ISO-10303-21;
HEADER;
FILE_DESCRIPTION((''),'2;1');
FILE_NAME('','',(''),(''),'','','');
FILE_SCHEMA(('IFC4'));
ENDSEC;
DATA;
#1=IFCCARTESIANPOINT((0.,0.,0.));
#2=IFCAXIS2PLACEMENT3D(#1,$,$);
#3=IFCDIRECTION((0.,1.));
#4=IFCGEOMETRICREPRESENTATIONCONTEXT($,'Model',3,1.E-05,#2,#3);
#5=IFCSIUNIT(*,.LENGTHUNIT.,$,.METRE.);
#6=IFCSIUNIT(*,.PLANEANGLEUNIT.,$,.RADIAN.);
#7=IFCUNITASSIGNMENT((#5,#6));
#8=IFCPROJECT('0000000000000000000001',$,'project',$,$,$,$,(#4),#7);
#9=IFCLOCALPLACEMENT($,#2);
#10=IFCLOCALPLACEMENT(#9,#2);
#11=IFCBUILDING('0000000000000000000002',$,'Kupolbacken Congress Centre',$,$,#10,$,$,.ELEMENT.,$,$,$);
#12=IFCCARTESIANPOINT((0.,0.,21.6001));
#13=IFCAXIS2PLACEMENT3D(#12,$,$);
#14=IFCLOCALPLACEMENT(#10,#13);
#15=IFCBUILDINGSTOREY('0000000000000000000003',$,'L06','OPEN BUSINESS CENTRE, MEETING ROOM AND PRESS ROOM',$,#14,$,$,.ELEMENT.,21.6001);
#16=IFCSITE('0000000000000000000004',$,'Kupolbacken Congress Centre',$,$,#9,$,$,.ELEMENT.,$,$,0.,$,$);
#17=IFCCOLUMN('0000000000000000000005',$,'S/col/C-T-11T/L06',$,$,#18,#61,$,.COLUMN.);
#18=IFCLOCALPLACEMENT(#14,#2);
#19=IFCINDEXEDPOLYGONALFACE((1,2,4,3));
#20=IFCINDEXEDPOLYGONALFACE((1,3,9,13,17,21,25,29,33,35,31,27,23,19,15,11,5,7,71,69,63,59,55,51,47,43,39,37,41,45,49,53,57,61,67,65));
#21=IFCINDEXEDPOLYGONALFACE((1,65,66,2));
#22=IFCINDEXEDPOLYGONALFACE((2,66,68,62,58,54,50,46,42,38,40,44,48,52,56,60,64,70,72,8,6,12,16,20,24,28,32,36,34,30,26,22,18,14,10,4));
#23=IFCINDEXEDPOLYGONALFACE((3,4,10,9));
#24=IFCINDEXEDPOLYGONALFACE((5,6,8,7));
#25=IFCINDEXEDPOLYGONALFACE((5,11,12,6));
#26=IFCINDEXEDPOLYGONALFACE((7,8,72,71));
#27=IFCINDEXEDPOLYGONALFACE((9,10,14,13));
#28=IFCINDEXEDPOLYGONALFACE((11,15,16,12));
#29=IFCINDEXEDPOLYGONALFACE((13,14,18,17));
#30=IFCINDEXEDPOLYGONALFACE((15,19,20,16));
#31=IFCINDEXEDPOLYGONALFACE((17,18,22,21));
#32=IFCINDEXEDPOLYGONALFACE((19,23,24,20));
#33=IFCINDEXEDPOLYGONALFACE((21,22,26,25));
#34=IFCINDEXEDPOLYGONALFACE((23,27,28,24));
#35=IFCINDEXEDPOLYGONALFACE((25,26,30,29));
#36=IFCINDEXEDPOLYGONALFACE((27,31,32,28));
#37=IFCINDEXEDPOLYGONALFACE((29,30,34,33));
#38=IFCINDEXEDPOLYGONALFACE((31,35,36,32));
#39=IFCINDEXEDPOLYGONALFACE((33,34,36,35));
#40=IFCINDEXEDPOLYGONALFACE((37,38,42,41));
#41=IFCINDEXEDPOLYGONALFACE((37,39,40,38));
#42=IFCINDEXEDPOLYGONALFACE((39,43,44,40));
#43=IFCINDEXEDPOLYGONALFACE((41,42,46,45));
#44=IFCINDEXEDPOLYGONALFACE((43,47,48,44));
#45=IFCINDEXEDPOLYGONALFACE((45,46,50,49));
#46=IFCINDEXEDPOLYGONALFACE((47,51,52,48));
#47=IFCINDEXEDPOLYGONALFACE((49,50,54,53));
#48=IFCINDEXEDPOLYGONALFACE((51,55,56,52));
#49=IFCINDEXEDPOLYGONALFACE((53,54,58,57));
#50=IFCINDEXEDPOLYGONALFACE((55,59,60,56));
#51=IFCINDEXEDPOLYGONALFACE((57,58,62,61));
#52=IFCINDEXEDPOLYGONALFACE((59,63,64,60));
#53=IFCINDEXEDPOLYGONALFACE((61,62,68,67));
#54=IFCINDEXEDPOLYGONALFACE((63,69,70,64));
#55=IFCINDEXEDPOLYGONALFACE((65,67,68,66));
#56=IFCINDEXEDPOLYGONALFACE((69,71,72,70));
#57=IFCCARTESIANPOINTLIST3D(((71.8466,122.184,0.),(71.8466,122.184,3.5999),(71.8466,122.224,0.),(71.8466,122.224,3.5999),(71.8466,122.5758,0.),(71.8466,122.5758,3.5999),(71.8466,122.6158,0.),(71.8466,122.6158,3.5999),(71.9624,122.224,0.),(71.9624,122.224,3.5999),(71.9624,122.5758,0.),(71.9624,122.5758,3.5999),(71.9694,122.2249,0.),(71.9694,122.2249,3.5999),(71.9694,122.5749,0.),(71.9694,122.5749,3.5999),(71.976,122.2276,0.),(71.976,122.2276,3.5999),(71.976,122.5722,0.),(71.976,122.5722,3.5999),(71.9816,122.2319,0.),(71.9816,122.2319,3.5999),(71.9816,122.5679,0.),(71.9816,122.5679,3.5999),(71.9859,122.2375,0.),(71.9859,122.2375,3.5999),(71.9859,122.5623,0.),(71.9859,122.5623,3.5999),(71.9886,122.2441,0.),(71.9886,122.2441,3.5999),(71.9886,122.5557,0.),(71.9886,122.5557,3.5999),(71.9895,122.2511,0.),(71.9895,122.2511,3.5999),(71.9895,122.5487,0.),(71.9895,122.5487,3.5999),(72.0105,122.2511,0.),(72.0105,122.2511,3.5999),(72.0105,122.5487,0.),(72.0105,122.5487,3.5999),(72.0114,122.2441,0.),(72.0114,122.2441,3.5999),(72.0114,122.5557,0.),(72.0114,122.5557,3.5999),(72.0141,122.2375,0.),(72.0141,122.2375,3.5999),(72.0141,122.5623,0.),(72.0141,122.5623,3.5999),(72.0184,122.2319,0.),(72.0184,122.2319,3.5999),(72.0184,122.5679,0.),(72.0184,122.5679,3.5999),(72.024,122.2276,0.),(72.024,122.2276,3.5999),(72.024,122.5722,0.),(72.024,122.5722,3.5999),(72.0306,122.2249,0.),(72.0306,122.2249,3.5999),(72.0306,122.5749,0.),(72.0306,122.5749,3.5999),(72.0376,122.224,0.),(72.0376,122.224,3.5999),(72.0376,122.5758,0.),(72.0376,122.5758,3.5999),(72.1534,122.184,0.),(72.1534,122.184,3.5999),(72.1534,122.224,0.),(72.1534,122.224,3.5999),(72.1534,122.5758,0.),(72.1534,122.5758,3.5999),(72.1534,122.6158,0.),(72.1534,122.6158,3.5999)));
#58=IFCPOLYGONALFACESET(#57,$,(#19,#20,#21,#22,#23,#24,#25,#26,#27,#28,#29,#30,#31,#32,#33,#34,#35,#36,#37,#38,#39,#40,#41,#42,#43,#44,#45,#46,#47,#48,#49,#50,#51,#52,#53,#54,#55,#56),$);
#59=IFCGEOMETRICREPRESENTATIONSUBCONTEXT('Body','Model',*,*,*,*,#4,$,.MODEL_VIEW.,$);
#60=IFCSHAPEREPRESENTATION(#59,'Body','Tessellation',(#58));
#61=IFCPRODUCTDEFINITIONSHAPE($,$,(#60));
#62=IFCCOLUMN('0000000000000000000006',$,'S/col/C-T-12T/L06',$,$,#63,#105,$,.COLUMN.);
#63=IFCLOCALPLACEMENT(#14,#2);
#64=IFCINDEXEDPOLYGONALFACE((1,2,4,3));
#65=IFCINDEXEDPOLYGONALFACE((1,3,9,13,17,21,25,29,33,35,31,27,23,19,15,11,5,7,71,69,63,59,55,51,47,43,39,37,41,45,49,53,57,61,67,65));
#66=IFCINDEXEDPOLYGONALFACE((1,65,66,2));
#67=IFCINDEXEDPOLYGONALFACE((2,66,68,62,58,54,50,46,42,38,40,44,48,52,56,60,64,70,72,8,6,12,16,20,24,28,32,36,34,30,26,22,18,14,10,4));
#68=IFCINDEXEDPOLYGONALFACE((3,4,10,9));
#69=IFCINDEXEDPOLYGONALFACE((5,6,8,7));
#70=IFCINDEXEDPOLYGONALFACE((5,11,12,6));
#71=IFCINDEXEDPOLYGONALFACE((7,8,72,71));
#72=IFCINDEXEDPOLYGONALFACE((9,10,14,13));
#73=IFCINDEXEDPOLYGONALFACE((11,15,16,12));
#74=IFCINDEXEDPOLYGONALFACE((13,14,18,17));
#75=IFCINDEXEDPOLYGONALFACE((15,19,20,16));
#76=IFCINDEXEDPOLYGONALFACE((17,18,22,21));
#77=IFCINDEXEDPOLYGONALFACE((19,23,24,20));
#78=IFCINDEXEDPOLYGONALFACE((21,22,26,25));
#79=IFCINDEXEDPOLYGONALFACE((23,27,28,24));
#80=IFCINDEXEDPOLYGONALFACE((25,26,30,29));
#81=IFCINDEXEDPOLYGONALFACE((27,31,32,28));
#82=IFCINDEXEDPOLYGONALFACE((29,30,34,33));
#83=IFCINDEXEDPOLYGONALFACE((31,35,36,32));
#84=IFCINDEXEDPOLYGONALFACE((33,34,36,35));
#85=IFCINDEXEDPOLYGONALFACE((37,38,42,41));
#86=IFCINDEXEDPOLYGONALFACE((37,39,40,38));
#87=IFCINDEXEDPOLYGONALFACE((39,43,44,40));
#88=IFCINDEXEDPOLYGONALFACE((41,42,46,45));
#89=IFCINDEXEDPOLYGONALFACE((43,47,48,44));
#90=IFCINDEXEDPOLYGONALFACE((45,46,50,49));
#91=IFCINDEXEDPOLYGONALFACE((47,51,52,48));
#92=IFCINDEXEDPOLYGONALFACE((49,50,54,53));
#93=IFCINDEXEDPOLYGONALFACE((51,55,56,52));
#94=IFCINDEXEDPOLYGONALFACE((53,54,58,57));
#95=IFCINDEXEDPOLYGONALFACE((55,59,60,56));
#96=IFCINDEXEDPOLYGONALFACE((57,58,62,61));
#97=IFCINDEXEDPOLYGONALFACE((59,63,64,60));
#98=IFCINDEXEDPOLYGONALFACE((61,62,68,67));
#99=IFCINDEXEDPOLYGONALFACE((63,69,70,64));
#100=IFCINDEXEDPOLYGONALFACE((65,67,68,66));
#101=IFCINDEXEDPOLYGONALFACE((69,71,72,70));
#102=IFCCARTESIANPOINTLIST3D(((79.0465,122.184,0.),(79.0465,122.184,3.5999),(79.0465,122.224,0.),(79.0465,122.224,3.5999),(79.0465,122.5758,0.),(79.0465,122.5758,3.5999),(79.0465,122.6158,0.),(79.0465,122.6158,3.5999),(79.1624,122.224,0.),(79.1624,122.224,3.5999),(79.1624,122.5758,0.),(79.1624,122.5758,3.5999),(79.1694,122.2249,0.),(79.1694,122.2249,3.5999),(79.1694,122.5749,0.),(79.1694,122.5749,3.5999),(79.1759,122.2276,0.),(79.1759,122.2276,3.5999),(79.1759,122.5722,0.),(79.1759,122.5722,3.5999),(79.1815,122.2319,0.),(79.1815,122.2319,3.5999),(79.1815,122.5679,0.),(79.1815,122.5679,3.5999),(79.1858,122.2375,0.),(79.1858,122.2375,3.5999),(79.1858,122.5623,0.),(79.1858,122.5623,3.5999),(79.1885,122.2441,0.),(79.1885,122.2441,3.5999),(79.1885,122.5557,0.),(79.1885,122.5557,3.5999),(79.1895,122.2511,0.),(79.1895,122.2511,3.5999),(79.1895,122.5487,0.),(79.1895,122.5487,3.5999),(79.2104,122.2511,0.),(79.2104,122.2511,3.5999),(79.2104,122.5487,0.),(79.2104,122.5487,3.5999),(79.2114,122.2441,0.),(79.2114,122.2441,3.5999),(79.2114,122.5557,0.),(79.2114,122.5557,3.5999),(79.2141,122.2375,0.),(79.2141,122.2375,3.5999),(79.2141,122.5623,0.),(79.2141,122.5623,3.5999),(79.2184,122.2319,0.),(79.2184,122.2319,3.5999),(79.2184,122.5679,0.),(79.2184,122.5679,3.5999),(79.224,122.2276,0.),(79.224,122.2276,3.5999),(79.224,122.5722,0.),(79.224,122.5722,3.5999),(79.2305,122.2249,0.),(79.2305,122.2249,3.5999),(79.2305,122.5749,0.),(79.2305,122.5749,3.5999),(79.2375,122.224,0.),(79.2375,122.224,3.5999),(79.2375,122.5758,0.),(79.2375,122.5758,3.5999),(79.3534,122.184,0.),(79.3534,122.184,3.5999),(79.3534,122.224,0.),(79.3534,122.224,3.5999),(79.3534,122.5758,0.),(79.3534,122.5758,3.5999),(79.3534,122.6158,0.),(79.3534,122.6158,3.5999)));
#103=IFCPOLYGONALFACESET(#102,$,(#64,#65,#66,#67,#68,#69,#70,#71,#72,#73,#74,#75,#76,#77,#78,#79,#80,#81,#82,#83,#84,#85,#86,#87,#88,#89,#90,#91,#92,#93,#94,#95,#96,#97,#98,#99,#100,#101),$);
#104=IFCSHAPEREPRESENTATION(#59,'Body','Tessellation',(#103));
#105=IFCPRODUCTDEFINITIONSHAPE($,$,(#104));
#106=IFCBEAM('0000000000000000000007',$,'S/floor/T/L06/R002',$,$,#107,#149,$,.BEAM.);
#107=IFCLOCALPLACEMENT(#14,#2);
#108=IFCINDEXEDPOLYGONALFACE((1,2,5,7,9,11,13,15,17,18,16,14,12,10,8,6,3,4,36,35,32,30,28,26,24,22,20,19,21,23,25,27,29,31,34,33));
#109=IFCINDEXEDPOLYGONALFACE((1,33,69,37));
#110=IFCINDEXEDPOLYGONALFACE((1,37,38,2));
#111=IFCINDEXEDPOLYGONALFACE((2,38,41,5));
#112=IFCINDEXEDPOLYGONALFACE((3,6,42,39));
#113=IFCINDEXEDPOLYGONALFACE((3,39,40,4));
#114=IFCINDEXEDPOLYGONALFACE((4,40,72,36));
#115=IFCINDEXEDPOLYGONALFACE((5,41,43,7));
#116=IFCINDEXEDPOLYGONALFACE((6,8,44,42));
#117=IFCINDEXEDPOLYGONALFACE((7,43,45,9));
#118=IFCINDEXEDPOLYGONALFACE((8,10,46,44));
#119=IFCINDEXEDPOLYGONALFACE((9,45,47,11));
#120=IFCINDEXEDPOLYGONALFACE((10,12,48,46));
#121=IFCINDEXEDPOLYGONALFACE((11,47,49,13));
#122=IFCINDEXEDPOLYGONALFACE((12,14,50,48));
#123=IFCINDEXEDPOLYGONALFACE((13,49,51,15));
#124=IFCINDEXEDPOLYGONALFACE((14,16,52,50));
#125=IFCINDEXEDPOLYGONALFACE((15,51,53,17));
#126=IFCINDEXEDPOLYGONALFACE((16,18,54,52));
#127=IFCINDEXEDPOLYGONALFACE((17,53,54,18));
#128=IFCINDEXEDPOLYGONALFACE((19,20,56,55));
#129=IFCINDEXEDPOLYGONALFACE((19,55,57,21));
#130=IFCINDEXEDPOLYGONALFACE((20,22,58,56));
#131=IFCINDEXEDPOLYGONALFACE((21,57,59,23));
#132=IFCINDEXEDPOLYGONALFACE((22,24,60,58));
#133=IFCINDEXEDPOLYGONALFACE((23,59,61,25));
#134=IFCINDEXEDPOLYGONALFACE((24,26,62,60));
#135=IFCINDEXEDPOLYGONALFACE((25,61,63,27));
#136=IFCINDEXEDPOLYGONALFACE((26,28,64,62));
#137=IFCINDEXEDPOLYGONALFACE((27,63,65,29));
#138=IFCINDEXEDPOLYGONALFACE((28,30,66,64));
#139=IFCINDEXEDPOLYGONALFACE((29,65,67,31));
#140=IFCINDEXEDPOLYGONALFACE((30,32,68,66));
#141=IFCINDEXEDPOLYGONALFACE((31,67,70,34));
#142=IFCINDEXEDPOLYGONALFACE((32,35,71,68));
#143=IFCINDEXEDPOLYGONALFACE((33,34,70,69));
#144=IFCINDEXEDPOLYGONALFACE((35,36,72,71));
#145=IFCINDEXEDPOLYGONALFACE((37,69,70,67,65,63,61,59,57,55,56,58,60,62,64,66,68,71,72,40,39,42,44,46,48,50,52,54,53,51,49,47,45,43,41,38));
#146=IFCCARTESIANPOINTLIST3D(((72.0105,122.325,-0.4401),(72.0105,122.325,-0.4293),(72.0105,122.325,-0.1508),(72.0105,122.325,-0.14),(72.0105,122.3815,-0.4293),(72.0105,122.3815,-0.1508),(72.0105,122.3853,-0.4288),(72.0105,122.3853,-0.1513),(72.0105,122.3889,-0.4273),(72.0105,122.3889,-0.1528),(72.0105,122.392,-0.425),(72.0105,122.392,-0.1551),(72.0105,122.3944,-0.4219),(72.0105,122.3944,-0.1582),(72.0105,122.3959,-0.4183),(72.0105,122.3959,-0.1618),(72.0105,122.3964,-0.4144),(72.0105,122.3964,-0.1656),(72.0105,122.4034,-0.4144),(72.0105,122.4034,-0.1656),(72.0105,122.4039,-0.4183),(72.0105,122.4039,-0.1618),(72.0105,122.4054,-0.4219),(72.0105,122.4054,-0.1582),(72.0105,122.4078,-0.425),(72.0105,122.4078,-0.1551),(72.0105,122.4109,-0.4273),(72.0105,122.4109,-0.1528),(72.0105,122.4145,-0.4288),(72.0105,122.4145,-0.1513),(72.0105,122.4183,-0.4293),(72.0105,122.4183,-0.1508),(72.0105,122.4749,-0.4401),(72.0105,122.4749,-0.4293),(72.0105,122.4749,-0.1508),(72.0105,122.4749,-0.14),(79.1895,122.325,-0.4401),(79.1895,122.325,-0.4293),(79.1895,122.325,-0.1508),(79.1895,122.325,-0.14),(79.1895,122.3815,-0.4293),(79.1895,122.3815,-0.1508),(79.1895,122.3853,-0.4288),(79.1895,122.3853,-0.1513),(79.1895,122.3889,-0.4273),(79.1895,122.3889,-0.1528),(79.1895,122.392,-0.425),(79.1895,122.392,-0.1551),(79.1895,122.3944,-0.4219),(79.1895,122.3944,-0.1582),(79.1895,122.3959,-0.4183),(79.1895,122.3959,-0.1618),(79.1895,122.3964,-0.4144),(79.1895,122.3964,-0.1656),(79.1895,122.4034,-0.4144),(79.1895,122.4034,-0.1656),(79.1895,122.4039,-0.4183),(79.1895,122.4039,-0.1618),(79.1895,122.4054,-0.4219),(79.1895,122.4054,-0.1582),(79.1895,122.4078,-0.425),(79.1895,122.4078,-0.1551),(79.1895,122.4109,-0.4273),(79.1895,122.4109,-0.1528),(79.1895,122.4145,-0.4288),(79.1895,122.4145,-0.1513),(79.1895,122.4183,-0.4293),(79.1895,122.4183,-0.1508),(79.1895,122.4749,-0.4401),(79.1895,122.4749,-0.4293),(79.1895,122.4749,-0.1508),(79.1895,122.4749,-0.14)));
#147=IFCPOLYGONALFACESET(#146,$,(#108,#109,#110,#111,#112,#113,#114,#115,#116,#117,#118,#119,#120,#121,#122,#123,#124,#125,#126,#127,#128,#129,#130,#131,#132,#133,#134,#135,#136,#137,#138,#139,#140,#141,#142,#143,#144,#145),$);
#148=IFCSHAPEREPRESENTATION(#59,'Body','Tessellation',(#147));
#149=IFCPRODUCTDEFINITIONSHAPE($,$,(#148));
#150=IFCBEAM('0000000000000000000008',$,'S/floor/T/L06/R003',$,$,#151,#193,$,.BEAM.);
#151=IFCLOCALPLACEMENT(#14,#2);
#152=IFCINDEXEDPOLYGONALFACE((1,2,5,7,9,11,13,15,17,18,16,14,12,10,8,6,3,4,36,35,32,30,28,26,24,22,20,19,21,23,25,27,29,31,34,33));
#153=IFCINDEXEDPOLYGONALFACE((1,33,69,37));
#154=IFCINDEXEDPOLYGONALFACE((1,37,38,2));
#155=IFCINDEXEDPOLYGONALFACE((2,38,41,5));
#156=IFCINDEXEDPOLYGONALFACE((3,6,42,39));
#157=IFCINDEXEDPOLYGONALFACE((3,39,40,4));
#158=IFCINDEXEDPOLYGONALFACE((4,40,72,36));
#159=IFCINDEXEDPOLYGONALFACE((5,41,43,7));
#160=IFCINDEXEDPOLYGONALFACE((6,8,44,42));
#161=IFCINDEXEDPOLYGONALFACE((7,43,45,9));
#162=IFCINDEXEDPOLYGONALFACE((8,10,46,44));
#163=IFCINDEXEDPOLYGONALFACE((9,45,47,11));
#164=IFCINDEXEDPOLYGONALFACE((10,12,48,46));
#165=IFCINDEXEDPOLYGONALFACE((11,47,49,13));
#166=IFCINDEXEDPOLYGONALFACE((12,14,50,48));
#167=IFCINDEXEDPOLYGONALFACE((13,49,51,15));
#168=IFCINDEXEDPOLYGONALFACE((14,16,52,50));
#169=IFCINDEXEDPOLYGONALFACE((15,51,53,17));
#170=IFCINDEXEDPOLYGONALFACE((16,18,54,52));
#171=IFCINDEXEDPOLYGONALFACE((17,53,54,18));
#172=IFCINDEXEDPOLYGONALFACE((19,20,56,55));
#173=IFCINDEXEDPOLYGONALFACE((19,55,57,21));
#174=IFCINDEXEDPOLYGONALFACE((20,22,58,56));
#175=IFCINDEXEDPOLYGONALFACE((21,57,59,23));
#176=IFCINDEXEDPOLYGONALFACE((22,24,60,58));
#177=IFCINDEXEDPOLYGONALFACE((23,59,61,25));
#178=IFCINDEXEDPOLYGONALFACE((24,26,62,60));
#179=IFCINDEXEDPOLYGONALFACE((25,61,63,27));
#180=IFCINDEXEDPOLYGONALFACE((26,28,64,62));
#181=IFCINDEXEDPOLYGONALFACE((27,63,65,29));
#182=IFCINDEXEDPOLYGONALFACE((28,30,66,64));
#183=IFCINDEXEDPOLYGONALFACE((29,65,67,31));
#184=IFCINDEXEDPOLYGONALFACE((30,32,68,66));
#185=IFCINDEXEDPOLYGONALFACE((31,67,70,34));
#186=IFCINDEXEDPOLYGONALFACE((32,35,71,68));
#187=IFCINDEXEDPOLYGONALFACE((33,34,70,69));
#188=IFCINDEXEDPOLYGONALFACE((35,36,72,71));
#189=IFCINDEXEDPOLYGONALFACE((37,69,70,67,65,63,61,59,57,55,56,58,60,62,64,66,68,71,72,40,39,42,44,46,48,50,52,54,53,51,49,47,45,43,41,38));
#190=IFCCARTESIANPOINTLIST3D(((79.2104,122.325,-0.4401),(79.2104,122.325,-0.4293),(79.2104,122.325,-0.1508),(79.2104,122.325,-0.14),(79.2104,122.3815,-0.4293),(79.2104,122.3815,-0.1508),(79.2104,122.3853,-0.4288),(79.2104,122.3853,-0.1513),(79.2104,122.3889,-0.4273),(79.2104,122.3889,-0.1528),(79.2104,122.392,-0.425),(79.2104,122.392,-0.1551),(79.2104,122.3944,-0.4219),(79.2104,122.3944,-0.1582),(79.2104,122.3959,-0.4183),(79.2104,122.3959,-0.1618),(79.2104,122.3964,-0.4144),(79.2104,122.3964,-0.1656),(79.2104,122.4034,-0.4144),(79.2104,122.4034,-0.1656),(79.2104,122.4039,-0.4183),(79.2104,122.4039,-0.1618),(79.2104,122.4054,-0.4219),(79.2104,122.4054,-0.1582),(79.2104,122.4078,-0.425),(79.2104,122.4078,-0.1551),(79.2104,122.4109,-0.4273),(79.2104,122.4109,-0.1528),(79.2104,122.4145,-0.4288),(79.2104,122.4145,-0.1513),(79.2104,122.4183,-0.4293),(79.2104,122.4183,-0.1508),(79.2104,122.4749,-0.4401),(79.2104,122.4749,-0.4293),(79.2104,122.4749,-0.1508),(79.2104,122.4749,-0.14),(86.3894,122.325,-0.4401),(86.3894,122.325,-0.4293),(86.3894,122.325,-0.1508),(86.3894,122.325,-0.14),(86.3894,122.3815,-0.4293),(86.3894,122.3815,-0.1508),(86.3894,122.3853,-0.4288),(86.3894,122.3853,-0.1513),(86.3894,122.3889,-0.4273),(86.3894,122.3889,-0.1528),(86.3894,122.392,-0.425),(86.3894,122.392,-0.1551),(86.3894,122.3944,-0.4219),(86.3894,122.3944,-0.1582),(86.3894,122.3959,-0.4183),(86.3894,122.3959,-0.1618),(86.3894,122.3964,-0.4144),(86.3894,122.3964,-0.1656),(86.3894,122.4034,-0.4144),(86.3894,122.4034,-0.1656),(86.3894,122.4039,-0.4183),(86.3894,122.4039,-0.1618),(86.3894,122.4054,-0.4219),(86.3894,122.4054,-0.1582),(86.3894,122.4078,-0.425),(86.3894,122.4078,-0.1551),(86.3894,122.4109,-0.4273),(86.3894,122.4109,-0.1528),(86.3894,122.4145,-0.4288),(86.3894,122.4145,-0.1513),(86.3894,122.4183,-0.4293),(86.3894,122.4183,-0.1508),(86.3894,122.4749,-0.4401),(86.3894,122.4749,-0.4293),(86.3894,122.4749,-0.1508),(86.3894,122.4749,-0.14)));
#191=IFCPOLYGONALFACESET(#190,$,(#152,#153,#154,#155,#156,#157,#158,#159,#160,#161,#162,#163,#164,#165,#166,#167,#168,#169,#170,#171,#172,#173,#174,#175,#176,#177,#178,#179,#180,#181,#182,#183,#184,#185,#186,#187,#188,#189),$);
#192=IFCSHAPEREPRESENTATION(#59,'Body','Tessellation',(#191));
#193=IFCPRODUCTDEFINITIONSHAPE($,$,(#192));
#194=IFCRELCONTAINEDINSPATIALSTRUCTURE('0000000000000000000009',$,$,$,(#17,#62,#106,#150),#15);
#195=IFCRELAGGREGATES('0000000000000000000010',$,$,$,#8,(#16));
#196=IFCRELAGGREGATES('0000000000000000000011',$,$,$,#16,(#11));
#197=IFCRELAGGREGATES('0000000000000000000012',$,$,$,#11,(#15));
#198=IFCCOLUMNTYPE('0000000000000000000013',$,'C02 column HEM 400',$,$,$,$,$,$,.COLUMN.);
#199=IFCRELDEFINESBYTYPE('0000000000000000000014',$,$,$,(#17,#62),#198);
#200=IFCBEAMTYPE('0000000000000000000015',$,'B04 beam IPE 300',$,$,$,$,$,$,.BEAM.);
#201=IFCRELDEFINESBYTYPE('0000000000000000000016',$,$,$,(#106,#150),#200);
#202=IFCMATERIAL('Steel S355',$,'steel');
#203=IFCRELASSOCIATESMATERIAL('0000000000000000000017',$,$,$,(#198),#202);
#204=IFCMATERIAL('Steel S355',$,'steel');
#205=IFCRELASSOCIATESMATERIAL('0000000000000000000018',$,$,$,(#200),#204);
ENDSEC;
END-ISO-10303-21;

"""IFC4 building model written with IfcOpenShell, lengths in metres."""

from ifc_helpers import new_model, si_unit, direction, frame, origin, origin_2d, place, context, subcontext, project, spatial, i_section, extrude, material, material_profile, profile_set, type_object, element, save


model = new_model("IFC4")

# Units and contexts
model_context = context("Model", 3, precision=1e-05, world=origin(), true_north=direction((0.0, 1.0)))
body_context = subcontext(model_context, "Body", "Model", "MODEL_VIEW")
ifc_project = project(units=[si_unit("LENGTHUNIT", "METRE"), si_unit("PLANEANGLEUNIT", "RADIAN")], contexts=[model_context])

# Site, building, storey
site_placement = place(None, origin())
site = spatial("IfcSite", under=ifc_project, at=site_placement, Name="Kupolbacken Congress Centre", CompositionType="ELEMENT", RefElevation=0.0)
building_placement = place(site_placement, origin())
building = spatial("IfcBuilding", under=site, at=building_placement, Name="Kupolbacken Congress Centre", CompositionType="ELEMENT")
storey_placement = place(building_placement, frame((0.0, 0.0, 21.6001)))
storey = spatial("IfcBuildingStorey", under=building, at=storey_placement, Name="L06", Description="OPEN BUSINESS CENTRE, MEETING ROOM AND PRESS ROOM", CompositionType="ELEMENT", Elevation=21.6001)

# Columns
ifc_material_1 = material(Name="Steel S355", Category="steel")
ifc_material_profile_1 = material_profile(ifc_material_1, i_section(OverallWidth=0.3069, OverallDepth=0.4319, WebThickness=0.021, FlangeThickness=0.04, FilletRadius=0.0271, at=origin_2d()), Name="HEM 400")
ifc_profile_set_1 = profile_set([ifc_material_profile_1], Name="Steel S355")
column_type = type_object("IfcColumnType", Name="C02 column HEM 400", PredefinedType="COLUMN", material=ifc_profile_set_1)
for number, where, z_axis, x_axis, name in (
    (1, (72.0, 122.3999, 0.0), (0.0, 0.0, 1.0), (1.0, 0.0, 0.0), "S/col/C-T-11T/L06"),
    (2, (79.2, 122.3999, 0.0), (0.0, 0.0, 1.0), (1.0, 0.0, 0.0), "S/col/C-T-12T/L06"),
):
    element("IfcColumn", number, at=place(storey_placement, frame(where, z_axis=z_axis, x_axis=x_axis)), inside=storey, type_object=column_type, Name=name, PredefinedType="COLUMN", context=body_context, shape_type="SweptSolid", body=[
        extrude(i_section(OverallWidth=0.3069, OverallDepth=0.4319, WebThickness=0.021, FlangeThickness=0.04, FilletRadius=0.0271, at=origin_2d()), origin(), (0.0, 0.0, 1.0), 3.5999),
    ])

# Beams
ifc_material_2 = material(Name="Steel S355", Category="steel")
ifc_material_profile_2 = material_profile(ifc_material_2, i_section(OverallWidth=0.1499, OverallDepth=0.3, WebThickness=0.0071, FlangeThickness=0.0107, FilletRadius=0.0149, at=origin_2d()), Name="IPE 300")
ifc_profile_set_2 = profile_set([ifc_material_profile_2], Name="Steel S355")
beam_type_1 = type_object("IfcBeamType", Name="B04 beam IPE 300", PredefinedType="BEAM", material=ifc_profile_set_2)
for number, where, z_axis, x_axis, name in (
    (3, (72.0105, 122.3999, -0.29), (1.0, 0.0, 0.0), (0.0, 1.0, 0.0), "S/floor/T/L06/R002"),
    (4, (79.2104, 122.3999, -0.29), (1.0, 0.0, 0.0), (0.0, 1.0, 0.0), "S/floor/T/L06/R003"),
):
    element("IfcBeam", number, at=place(storey_placement, frame(where, z_axis=z_axis, x_axis=x_axis)), inside=storey, type_object=beam_type_1, Name=name, PredefinedType="BEAM", context=body_context, shape_type="SweptSolid", body=[
        extrude(i_section(OverallWidth=0.1499, OverallDepth=0.3, WebThickness=0.0071, FlangeThickness=0.0107, FilletRadius=0.0149, at=origin_2d()), origin(), (0.0, 0.0, 1.0), 7.179),
    ])

save(model, "model.ifc")
